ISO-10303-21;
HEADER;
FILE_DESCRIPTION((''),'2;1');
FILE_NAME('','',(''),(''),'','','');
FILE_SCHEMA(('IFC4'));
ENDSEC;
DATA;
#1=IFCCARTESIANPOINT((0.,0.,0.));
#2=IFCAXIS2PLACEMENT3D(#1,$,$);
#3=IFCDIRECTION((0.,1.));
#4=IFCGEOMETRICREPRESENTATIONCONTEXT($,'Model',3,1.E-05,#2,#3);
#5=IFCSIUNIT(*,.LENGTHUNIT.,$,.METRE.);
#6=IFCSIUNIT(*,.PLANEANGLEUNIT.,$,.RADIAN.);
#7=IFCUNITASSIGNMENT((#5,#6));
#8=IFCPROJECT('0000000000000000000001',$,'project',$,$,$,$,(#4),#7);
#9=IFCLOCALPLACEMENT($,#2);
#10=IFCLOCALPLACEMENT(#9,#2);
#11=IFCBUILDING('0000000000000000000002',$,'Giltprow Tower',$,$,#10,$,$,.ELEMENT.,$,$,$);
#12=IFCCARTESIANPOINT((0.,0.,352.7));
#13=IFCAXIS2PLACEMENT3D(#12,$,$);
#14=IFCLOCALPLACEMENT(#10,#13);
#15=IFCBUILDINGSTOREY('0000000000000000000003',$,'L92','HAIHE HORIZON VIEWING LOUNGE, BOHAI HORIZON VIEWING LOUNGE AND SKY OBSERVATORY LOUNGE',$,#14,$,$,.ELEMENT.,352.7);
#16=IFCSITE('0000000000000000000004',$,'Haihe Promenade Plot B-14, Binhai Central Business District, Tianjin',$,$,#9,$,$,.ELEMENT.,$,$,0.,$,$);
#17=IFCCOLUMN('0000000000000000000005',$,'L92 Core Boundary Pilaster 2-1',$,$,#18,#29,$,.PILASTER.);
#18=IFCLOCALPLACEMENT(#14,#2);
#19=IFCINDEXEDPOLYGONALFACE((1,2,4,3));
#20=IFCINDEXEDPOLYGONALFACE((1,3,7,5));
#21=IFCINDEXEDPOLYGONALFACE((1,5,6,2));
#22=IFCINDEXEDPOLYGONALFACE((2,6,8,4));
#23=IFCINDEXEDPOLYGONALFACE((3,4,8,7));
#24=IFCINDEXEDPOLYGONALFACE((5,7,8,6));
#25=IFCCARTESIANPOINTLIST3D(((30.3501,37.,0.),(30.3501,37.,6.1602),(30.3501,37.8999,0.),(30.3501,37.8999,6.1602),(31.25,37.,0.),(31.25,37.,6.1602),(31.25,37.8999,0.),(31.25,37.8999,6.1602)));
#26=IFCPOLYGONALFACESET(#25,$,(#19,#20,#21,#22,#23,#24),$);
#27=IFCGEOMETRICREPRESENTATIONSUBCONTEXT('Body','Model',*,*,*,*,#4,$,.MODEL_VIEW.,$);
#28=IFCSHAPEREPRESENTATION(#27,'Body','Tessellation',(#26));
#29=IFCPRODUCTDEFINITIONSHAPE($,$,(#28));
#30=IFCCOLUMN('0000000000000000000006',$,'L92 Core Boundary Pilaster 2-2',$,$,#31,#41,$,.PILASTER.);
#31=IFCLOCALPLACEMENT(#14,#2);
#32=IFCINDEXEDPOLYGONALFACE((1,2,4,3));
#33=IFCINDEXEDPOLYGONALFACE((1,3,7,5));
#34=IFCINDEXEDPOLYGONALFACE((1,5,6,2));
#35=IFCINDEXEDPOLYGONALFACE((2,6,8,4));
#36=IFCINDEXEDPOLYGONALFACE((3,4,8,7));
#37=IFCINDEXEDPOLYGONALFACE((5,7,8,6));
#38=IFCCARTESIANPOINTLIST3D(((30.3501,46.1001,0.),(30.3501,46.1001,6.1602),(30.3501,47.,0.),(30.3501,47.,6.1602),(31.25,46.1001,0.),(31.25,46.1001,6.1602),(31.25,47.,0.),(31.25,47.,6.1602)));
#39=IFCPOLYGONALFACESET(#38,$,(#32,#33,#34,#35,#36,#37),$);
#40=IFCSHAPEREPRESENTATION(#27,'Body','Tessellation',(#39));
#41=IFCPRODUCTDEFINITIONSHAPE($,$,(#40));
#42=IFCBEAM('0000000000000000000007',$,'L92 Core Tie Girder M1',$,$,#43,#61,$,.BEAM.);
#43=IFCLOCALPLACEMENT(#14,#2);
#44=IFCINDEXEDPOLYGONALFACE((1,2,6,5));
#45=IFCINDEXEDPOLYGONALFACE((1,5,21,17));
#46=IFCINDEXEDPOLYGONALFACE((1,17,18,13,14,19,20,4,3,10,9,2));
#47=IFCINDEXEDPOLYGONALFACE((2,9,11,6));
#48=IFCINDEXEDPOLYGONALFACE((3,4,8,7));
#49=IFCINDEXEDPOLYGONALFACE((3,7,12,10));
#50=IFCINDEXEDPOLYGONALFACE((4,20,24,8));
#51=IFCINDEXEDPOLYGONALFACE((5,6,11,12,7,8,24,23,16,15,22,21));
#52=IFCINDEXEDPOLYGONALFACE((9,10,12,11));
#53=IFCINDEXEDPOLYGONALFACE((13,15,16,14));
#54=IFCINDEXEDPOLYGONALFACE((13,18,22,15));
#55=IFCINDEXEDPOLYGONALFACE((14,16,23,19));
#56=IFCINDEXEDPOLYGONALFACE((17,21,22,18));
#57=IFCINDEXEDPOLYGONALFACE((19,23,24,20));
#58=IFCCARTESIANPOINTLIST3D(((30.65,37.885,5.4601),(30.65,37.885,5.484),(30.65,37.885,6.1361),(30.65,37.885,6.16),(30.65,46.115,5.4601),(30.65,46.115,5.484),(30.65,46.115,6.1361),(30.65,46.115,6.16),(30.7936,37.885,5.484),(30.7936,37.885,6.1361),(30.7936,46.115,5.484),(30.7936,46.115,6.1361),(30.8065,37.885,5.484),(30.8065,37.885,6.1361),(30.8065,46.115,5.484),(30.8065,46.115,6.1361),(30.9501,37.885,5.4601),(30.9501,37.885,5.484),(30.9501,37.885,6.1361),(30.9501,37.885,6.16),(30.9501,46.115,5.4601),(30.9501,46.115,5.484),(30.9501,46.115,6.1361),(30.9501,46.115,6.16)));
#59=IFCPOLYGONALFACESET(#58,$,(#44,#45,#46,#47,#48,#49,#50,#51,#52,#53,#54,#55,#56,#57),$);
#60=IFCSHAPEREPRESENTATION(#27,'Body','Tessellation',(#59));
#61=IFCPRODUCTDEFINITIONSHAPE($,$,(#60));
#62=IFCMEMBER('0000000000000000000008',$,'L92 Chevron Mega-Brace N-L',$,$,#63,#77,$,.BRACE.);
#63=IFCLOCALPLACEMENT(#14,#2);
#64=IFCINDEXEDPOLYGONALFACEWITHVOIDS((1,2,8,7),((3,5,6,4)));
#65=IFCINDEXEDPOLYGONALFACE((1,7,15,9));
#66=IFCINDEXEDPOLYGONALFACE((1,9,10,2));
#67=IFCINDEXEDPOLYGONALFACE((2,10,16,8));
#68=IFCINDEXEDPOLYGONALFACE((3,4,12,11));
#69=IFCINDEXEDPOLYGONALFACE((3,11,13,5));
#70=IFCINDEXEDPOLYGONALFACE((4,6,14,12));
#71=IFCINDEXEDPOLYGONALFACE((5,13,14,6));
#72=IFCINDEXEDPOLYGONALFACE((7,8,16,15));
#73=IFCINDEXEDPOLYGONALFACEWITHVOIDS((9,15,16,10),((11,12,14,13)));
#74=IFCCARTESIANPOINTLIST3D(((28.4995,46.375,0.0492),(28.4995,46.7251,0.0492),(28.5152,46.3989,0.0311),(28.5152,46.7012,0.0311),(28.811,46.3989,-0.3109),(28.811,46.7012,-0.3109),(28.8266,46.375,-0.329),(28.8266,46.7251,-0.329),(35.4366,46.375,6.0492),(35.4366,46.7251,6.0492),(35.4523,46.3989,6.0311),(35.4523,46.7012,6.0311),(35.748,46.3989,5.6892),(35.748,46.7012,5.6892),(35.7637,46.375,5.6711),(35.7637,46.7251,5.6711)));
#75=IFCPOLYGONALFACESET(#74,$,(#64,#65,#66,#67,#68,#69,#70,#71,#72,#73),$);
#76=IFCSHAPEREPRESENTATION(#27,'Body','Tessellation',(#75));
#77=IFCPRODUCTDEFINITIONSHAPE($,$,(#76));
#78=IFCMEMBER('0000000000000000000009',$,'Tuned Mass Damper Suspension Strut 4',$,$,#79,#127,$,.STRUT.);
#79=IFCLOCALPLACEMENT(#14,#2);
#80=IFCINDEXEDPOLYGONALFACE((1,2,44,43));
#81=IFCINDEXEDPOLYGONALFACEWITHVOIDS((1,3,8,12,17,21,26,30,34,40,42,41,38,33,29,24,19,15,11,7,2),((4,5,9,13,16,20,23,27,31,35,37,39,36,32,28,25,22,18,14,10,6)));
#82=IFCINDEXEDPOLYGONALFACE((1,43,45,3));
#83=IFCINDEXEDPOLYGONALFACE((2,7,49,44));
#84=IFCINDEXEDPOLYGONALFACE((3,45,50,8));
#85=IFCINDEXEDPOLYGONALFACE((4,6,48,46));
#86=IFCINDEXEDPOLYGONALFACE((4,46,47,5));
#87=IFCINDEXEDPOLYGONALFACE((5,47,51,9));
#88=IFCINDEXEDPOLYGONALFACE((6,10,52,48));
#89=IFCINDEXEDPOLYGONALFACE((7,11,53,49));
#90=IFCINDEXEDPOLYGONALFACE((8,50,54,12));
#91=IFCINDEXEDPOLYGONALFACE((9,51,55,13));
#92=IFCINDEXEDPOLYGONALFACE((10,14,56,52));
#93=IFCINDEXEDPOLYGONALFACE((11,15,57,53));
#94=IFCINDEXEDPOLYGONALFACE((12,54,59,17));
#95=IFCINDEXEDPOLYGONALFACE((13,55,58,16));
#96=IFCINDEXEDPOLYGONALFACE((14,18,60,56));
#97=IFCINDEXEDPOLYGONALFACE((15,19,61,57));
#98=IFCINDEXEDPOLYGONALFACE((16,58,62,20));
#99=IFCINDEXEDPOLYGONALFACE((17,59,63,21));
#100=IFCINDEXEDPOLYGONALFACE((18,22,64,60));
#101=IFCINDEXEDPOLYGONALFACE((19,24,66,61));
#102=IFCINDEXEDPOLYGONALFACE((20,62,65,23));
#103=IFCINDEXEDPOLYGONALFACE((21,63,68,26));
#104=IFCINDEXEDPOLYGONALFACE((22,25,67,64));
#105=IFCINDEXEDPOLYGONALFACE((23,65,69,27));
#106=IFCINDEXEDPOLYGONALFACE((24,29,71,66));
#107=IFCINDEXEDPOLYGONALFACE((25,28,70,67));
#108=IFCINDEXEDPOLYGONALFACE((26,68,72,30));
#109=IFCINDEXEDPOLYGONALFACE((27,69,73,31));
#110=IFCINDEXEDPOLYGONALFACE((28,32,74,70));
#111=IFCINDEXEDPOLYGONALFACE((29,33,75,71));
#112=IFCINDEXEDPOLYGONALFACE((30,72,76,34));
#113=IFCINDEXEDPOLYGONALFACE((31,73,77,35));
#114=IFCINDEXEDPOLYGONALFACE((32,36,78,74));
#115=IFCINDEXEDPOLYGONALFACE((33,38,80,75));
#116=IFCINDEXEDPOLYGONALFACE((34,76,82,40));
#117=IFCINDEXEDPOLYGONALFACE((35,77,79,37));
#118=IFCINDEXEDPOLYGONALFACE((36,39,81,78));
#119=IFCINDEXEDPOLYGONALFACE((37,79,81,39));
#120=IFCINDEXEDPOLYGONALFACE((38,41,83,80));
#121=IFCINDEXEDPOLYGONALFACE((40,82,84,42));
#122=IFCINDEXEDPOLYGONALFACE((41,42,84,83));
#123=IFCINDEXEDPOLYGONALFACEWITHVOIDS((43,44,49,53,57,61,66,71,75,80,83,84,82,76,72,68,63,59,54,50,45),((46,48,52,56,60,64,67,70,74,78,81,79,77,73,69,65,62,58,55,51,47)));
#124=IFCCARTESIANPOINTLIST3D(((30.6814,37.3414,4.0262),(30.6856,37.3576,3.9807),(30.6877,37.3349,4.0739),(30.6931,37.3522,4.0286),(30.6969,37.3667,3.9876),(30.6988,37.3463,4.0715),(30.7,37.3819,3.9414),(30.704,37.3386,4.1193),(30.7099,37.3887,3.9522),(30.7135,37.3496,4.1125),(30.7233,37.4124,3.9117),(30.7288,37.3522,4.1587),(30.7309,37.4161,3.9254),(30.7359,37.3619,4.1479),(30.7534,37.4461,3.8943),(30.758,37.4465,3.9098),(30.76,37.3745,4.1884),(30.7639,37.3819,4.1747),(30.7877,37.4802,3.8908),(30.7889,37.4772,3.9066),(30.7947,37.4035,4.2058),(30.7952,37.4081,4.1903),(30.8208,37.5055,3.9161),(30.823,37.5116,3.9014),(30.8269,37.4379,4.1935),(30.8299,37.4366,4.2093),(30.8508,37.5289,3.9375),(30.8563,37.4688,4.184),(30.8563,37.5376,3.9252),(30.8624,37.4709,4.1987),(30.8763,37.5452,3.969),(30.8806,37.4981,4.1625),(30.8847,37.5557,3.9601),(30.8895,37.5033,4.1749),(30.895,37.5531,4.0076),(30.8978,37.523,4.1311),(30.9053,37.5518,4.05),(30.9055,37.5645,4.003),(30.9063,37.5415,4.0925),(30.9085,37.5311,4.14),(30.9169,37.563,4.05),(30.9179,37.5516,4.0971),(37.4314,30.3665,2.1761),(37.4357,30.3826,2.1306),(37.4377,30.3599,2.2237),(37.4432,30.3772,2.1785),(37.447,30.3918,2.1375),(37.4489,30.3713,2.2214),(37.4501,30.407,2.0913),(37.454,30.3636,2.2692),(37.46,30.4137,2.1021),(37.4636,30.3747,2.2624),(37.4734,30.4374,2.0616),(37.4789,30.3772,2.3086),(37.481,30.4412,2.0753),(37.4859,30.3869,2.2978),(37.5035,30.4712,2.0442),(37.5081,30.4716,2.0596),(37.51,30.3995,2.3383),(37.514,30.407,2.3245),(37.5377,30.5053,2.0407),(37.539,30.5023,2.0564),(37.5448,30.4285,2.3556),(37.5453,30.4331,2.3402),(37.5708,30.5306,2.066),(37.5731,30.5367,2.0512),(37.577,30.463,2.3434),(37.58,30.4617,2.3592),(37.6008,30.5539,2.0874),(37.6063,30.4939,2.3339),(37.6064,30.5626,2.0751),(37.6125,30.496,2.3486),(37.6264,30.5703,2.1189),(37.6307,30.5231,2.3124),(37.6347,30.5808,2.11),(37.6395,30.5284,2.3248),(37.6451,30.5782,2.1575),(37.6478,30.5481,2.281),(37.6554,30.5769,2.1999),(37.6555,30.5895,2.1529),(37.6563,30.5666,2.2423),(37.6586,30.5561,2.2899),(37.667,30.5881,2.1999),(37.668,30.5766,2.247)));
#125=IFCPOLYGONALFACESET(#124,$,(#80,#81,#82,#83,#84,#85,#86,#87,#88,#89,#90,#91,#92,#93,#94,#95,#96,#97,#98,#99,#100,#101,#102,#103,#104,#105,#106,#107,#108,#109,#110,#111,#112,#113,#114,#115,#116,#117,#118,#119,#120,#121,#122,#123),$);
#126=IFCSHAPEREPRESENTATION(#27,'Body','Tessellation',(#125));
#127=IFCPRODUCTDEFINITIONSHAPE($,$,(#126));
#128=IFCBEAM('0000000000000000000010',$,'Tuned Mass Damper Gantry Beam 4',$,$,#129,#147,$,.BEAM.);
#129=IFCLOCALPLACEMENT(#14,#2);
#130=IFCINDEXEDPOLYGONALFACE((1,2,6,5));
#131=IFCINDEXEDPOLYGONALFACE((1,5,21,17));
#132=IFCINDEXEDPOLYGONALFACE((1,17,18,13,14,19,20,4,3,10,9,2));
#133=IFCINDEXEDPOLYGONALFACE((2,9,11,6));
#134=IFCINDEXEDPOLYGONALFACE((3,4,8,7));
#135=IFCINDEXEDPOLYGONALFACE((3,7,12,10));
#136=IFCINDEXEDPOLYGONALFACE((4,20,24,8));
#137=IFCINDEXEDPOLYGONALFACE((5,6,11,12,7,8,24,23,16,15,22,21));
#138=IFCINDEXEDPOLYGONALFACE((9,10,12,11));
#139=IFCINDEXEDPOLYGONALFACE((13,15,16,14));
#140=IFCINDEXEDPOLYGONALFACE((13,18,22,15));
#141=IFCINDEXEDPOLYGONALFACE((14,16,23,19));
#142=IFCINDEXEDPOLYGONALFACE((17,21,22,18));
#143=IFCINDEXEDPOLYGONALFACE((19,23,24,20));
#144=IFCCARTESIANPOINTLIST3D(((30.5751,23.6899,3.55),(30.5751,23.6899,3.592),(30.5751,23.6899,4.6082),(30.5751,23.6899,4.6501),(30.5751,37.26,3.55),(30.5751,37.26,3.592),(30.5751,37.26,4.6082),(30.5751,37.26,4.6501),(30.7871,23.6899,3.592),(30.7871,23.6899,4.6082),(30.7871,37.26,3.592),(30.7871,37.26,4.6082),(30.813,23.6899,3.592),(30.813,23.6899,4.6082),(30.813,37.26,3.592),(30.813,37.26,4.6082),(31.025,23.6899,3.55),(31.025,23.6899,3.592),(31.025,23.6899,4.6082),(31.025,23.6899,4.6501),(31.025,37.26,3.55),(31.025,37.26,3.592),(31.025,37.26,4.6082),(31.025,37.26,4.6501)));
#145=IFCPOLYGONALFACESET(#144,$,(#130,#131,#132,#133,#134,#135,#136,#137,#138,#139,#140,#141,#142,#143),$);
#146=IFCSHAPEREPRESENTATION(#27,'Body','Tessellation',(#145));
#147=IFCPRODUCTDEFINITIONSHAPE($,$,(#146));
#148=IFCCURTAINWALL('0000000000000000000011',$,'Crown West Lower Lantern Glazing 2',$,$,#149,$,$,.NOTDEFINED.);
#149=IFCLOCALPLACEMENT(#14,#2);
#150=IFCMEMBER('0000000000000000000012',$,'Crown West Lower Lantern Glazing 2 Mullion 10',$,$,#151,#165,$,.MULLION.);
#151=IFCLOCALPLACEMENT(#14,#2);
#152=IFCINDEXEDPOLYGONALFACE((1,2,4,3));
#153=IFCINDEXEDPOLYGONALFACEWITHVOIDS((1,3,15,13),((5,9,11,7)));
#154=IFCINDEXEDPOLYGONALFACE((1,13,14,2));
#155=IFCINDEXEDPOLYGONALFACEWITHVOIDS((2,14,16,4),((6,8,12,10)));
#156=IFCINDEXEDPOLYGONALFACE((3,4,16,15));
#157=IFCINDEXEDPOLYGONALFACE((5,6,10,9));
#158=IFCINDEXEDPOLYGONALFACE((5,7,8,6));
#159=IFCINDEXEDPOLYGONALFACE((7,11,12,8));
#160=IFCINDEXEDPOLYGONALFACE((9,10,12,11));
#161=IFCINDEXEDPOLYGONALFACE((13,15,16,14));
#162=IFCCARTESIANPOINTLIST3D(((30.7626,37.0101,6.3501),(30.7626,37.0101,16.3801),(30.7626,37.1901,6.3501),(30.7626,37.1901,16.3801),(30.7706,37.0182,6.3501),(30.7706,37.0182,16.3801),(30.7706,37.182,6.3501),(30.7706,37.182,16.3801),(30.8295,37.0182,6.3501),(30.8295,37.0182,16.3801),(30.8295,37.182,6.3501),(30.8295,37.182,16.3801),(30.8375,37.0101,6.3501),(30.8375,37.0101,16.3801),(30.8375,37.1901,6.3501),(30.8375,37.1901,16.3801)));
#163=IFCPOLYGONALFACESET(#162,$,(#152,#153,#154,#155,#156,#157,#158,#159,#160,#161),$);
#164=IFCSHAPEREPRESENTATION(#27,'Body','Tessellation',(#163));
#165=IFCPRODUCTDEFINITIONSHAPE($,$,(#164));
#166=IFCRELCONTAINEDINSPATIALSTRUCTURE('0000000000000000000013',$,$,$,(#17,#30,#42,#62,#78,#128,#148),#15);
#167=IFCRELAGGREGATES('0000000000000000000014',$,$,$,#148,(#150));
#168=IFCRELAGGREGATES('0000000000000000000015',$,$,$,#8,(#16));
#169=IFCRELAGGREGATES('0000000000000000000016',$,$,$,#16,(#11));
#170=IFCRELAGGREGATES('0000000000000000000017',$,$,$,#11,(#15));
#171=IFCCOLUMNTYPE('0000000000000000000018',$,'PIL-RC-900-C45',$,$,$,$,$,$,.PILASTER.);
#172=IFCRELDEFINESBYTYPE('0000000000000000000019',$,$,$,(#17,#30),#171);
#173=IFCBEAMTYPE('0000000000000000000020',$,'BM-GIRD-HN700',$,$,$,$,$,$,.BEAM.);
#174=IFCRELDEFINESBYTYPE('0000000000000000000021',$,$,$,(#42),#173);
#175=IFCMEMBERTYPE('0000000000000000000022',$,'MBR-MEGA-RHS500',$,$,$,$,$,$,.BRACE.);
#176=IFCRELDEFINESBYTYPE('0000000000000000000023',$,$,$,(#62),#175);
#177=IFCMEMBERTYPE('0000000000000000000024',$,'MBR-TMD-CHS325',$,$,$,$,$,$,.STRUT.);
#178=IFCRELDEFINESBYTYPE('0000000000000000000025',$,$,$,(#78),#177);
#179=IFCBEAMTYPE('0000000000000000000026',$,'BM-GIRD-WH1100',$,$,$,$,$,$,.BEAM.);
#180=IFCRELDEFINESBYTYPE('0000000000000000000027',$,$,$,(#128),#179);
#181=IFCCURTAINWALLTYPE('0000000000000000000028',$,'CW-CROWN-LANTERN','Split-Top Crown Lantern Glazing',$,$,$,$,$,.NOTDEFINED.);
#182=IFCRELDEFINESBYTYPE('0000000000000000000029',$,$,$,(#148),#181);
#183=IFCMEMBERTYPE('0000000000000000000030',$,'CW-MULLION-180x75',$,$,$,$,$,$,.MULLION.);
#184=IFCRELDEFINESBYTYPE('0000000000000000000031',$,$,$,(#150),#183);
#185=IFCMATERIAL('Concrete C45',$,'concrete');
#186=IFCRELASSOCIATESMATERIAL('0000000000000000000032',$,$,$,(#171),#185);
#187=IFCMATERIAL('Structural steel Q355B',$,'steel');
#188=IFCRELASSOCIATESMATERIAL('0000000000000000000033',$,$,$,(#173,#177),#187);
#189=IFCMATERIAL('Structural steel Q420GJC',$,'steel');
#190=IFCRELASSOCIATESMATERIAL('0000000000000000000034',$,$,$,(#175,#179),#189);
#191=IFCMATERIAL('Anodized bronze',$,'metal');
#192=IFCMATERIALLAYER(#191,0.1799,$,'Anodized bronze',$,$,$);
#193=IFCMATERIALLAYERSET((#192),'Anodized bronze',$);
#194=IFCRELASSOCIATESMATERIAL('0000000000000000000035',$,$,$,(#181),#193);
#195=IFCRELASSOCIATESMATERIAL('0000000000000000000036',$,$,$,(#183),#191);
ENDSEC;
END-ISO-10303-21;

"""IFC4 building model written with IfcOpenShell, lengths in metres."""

from ifc_helpers import new_model, si_unit, direction, frame, origin, origin_2d, place, context, subcontext, project, spatial, rectangle, hollow_rectangle, hollow_circle, i_section, extrude, source, transform, mapped, material, layer, layer_set, material_profile, profile_set, type_object, element, aggregate, save


model = new_model("IFC4")

# Units and contexts
model_context = context("Model", 3, precision=1e-05, world=origin(), true_north=direction((0.0, 1.0)))
body_context = subcontext(model_context, "Body", "Model", "MODEL_VIEW")
ifc_project = project(units=[si_unit("LENGTHUNIT", "METRE"), si_unit("PLANEANGLEUNIT", "RADIAN")], contexts=[model_context])

# Site, building, storey
site_placement = place(None, origin())
site = spatial("IfcSite", under=ifc_project, at=site_placement, Name="Haihe Promenade Plot B-14, Binhai Central Business District, Tianjin", CompositionType="ELEMENT", RefElevation=0.0)
building_placement = place(site_placement, origin())
building = spatial("IfcBuilding", under=site, at=building_placement, Name="Giltprow Tower", CompositionType="ELEMENT")
storey_placement = place(building_placement, frame((0.0, 0.0, 352.7)))
storey = spatial("IfcBuildingStorey", under=building, at=storey_placement, Name="L92", Description="HAIHE HORIZON VIEWING LOUNGE, BOHAI HORIZON VIEWING LOUNGE AND SKY OBSERVATORY LOUNGE", CompositionType="ELEMENT", Elevation=352.7)

# Columns
ifc_material_1 = material(Name="Concrete C45", Category="concrete")
ifc_material_profile_1 = material_profile(ifc_material_1, rectangle(XDim=0.8999, YDim=0.8999, at=origin_2d()), Name="RC 900x900")
ifc_profile_set_1 = profile_set([ifc_material_profile_1], Name="Concrete C45")
column_type = type_object("IfcColumnType", Name="PIL-RC-900-C45", PredefinedType="PILASTER", material=ifc_profile_set_1)
shared_shape_1 = source(origin(), body_context, "Body", "SweptSolid", [
    extrude(rectangle(XDim=0.8999, YDim=0.8999, at=origin_2d()), origin(), (0.0, 0.0, 1.0), 6.1602),
])
for number, where, z_axis, x_axis, name in (
    (1, (30.8, 37.45, 0.0), (0.0, 0.0, 1.0), (1.0, 0.0, 0.0), "L92 Core Boundary Pilaster 2-1"),
    (2, (30.8, 46.55, 0.0), (0.0, 0.0, 1.0), (1.0, 0.0, 0.0), "L92 Core Boundary Pilaster 2-2"),
):
    element("IfcColumn", number, at=place(storey_placement, frame(where, z_axis=z_axis, x_axis=x_axis)), inside=storey, type_object=column_type, Name=name, PredefinedType="PILASTER", context=body_context, shape_type="MappedRepresentation", body=[
        mapped(shared_shape_1, transform((0.0, 0.0, 0.0), x_axis=(1.0, 0.0, 0.0), y_axis=(0.0, 1.0, 0.0), z_axis=(0.0, 0.0, 1.0), scale=1.0)),
    ])

# Beam
ifc_material_2 = material(Name="Structural steel Q355B", Category="steel")
ifc_material_profile_2 = material_profile(ifc_material_2, i_section(OverallWidth=0.3, OverallDepth=0.7, WebThickness=0.0129, FlangeThickness=0.0239, at=origin_2d()), Name="HN 700x300x13x24")
ifc_profile_set_2 = profile_set([ifc_material_profile_2], Name="Structural steel Q355B")
beam_type_1 = type_object("IfcBeamType", Name="BM-GIRD-HN700", PredefinedType="BEAM", material=ifc_profile_set_2)
shared_shape_2 = source(origin(), body_context, "Body", "SweptSolid", [
    extrude(i_section(OverallWidth=0.3, OverallDepth=0.7, WebThickness=0.0129, FlangeThickness=0.0239, at=origin_2d()), origin(), (0.0, 0.0, 1.0), 8.23),
])
beam_1_placement = place(storey_placement, frame((30.8, 37.885, 5.8101), z_axis=(0.0, 1.0, 0.0), x_axis=(-1.0, 0.0, 0.0)))
element("IfcBeam", 3, at=beam_1_placement, inside=storey, type_object=beam_type_1, Name="L92 Core Tie Girder M1", PredefinedType="BEAM", context=body_context, shape_type="MappedRepresentation", body=[
    mapped(shared_shape_2, transform((0.0, 0.0, 0.0), x_axis=(1.0, 0.0, 0.0), y_axis=(0.0, 1.0, 0.0), z_axis=(0.0, 0.0, 1.0), scale=1.0)),
])

# Members
ifc_material_3 = material(Name="Structural steel Q420GJC", Category="steel")
ifc_material_profile_3 = material_profile(ifc_material_3, hollow_rectangle(XDim=0.3501, YDim=0.5, WallThickness=0.0239, at=origin_2d()), Name="RHS 500x350x24")
ifc_profile_set_3 = profile_set([ifc_material_profile_3], Name="Structural steel Q420GJC")
member_type_1 = type_object("IfcMemberType", Name="MBR-MEGA-RHS500", PredefinedType="BRACE", material=ifc_profile_set_3)
shared_shape_3 = source(origin(), body_context, "Body", "SweptSolid", [
    extrude(hollow_rectangle(XDim=0.3501, YDim=0.5, WallThickness=0.0239, at=origin_2d()), origin(), (0.0, 0.0, 1.0), 9.1719),
])
member_1_placement = place(storey_placement, frame((28.6631, 46.55, -0.1399), z_axis=(0.75634, 0.0, 0.654178), x_axis=(0.0, 1.0, 0.0)))
element("IfcMember", 4, at=member_1_placement, inside=storey, type_object=member_type_1, Name="L92 Chevron Mega-Brace N-L", PredefinedType="BRACE", context=body_context, shape_type="MappedRepresentation", body=[
    mapped(shared_shape_3, transform((0.0, 0.0, 0.0), x_axis=(1.0, 0.0, 0.0), y_axis=(0.0, 1.0, 0.0), z_axis=(0.0, 0.0, 1.0), scale=1.0)),
])
ifc_material_profile_4 = material_profile(ifc_material_2, hollow_circle(Radius=0.1626, WallThickness=0.0161, at=origin_2d()), Name="CHS 325x16")
ifc_profile_set_4 = profile_set([ifc_material_profile_4], Name="Structural steel Q355B")
member_type_2 = type_object("IfcMemberType", Name="MBR-TMD-CHS325", PredefinedType="STRUT", material=ifc_profile_set_4)
shared_shape_4 = source(origin(), body_context, "Body", "SweptSolid", [
    extrude(hollow_circle(Radius=0.1626, WallThickness=0.0161, at=origin_2d()), origin(), (0.0, 0.0, 1.0), 9.8811),
])
member_2_placement = place(storey_placement, frame((30.8, 37.45, 4.05), z_axis=(0.68313, -0.705886, -0.187238), x_axis=(0.718595, 0.695429, 0.0)))
element("IfcMember", 5, at=member_2_placement, inside=storey, type_object=member_type_2, Name="Tuned Mass Damper Suspension Strut 4", PredefinedType="STRUT", context=body_context, shape_type="MappedRepresentation", body=[
    mapped(shared_shape_4, transform((0.0, 0.0, 0.0), x_axis=(1.0, 0.0, 0.0), y_axis=(0.0, 1.0, 0.0), z_axis=(0.0, 0.0, 1.0), scale=1.0)),
])

# Beam
ifc_material_profile_5 = material_profile(ifc_material_3, i_section(OverallWidth=0.45, OverallDepth=1.1001, WebThickness=0.0259, FlangeThickness=0.042, at=origin_2d()), Name="WH 1100x450x26x42")
ifc_profile_set_5 = profile_set([ifc_material_profile_5], Name="Structural steel Q420GJC")
beam_type_2 = type_object("IfcBeamType", Name="BM-GIRD-WH1100", PredefinedType="BEAM", material=ifc_profile_set_5)
shared_shape_5 = source(origin(), body_context, "Body", "SweptSolid", [
    extrude(i_section(OverallWidth=0.45, OverallDepth=1.1001, WebThickness=0.0259, FlangeThickness=0.042, at=origin_2d()), origin(), (0.0, 0.0, 1.0), 13.5701),
])
beam_2_placement = place(storey_placement, frame((30.8, 37.26, 4.1001), z_axis=(0.0, -1.0, 0.0), x_axis=(1.0, 0.0, 0.0)))
element("IfcBeam", 6, at=beam_2_placement, inside=storey, type_object=beam_type_2, Name="Tuned Mass Damper Gantry Beam 4", PredefinedType="BEAM", context=body_context, shape_type="MappedRepresentation", body=[
    mapped(shared_shape_5, transform((0.0, 0.0, 0.0), x_axis=(1.0, 0.0, 0.0), y_axis=(0.0, 1.0, 0.0), z_axis=(0.0, 0.0, 1.0), scale=1.0)),
])

# Curtain wall, member
ifc_material_4 = material(Name="Anodized bronze", Category="metal")
ifc_layer_1 = layer(ifc_material_4, 0.1799, Name="Anodized bronze")
ifc_layer_set_1 = layer_set([ifc_layer_1], Name="Anodized bronze")
curtain_wall_type = type_object("IfcCurtainWallType", Name="CW-CROWN-LANTERN", Description="Split-Top Crown Lantern Glazing", PredefinedType="NOTDEFINED", material=ifc_layer_set_1)
curtain_wall_1_placement = place(storey_placement, origin())
curtain_wall_1 = element("IfcCurtainWall", 7, at=curtain_wall_1_placement, inside=storey, type_object=curtain_wall_type, Name="Crown West Lower Lantern Glazing 2", PredefinedType="NOTDEFINED")
ifc_material_profile_6 = material_profile(ifc_material_4, hollow_rectangle(XDim=0.075, YDim=0.1799, WallThickness=0.0081, at=origin_2d()), Name="RHS 180x75x8")
ifc_profile_set_6 = profile_set([ifc_material_profile_6], Name="Anodized bronze")
member_type_3 = type_object("IfcMemberType", Name="CW-MULLION-180x75", PredefinedType="MULLION", material=ifc_profile_set_6)
shared_shape_6 = source(origin(), body_context, "Body", "SweptSolid", [
    extrude(hollow_rectangle(XDim=0.075, YDim=0.1799, WallThickness=0.0081, at=origin_2d()), origin(), (0.0, 0.0, 1.0), 10.03),
])
member_3_placement = place(storey_placement, frame((30.8, 37.1001, 6.3501), z_axis=(0.0, 0.0, 1.0), x_axis=(1.0, 0.0, 0.0)))
member_3 = element("IfcMember", 8, at=member_3_placement, type_object=member_type_3, Name="Crown West Lower Lantern Glazing 2 Mullion 10", PredefinedType="MULLION", context=body_context, shape_type="MappedRepresentation", body=[
    mapped(shared_shape_6, transform((0.0, 0.0, 0.0), x_axis=(1.0, 0.0, 0.0), y_axis=(0.0, 1.0, 0.0), z_axis=(0.0, 0.0, 1.0), scale=1.0)),
])
aggregate(curtain_wall_1, [member_3])

save(model, "model.ifc")
